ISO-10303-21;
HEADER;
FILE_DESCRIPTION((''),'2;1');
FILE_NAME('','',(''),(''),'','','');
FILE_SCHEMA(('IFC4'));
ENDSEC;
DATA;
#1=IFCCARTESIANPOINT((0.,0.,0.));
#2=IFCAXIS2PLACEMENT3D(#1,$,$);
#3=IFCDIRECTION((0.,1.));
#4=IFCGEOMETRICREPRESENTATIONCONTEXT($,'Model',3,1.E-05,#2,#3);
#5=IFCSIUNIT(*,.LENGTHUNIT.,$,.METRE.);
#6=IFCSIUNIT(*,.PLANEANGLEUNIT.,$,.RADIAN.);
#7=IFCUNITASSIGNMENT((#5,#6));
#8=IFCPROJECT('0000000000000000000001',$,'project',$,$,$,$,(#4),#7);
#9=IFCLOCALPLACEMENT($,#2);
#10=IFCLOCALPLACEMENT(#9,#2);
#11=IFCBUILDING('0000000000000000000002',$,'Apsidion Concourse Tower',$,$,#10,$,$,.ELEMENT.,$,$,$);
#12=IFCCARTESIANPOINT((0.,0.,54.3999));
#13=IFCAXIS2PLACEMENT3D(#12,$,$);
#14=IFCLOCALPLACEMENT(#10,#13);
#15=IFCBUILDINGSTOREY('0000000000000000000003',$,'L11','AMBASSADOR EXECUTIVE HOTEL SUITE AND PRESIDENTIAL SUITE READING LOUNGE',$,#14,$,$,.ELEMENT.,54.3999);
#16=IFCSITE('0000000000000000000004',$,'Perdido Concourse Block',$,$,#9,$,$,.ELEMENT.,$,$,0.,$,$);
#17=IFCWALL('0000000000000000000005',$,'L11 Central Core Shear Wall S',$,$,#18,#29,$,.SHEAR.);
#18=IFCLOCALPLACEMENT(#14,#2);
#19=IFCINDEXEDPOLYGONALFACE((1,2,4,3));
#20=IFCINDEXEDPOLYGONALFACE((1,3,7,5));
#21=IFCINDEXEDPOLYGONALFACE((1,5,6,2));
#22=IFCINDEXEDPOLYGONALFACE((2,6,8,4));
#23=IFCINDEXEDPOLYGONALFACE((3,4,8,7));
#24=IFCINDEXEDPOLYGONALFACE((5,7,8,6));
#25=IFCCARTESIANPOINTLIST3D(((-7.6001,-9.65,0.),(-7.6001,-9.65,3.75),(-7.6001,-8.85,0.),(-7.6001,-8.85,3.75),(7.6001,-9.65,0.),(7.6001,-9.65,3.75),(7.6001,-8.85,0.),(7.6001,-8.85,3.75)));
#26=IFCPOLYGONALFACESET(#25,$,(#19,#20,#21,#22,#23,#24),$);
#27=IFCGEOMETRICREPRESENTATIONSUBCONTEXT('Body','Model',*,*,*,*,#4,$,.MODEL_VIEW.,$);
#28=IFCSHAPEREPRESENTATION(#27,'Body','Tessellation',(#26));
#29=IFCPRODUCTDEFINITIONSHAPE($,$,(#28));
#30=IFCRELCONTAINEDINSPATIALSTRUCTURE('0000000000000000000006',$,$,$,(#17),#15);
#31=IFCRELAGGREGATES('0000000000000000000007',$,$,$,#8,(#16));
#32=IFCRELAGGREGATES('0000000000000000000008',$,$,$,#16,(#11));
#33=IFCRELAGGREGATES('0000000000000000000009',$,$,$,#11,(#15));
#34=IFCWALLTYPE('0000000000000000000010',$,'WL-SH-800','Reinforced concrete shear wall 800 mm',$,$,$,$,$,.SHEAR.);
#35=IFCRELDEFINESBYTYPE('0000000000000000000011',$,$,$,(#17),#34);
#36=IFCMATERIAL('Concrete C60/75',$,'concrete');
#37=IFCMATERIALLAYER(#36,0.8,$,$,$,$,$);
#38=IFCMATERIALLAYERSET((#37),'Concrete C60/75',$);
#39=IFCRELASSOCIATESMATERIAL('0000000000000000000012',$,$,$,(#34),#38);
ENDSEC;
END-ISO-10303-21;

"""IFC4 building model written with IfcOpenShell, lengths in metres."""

from ifc_helpers import new_model, si_unit, direction, frame, frame_2d, origin, place, context, subcontext, project, spatial, rectangle, extrude, material, layer, layer_set, type_object, element, save


model = new_model("IFC4")

# Units and contexts
model_context = context("Model", 3, precision=1e-05, world=origin(), true_north=direction((0.0, 1.0)))
body_context = subcontext(model_context, "Body", "Model", "MODEL_VIEW")
ifc_project = project(units=[si_unit("LENGTHUNIT", "METRE"), si_unit("PLANEANGLEUNIT", "RADIAN")], contexts=[model_context])

# Site, building, storey
site_placement = place(None, origin())
site = spatial("IfcSite", under=ifc_project, at=site_placement, Name="Perdido Concourse Block", CompositionType="ELEMENT", RefElevation=0.0)
building_placement = place(site_placement, origin())
building = spatial("IfcBuilding", under=site, at=building_placement, Name="Apsidion Concourse Tower", CompositionType="ELEMENT")
storey_placement = place(building_placement, frame((0.0, 0.0, 54.3999)))
storey = spatial("IfcBuildingStorey", under=building, at=storey_placement, Name="L11", Description="AMBASSADOR EXECUTIVE HOTEL SUITE AND PRESIDENTIAL SUITE READING LOUNGE", CompositionType="ELEMENT", Elevation=54.3999)

# Shared definitions
ifc_material_1 = material(Name="Concrete C60/75", Category="concrete")

# Shared definitions
ifc_layer_1 = layer(ifc_material_1, 0.8)
ifc_layer_set_1 = layer_set([ifc_layer_1], Name="Concrete C60/75")
wall_type_1 = type_object("IfcWallType", Name="WL-SH-800", Description="Reinforced concrete shear wall 800 mm", PredefinedType="SHEAR", material=ifc_layer_set_1)

# Wall
wall_1_placement = place(storey_placement, frame((-7.6001, -9.25, 0.0), z_axis=(0.0, 0.0, 1.0), x_axis=(1.0, 0.0, 0.0)))
element("IfcWall", 1, at=wall_1_placement, inside=storey, type_object=wall_type_1, Name="L11 Central Core Shear Wall S", PredefinedType="SHEAR", context=body_context, shape_type="SweptSolid", body=[
    extrude(rectangle(XDim=15.2002, YDim=0.8, at=frame_2d((7.6001, 0.0))), origin(), (0.0, 0.0, 1.0), 3.75),
])

save(model, "model.ifc")
